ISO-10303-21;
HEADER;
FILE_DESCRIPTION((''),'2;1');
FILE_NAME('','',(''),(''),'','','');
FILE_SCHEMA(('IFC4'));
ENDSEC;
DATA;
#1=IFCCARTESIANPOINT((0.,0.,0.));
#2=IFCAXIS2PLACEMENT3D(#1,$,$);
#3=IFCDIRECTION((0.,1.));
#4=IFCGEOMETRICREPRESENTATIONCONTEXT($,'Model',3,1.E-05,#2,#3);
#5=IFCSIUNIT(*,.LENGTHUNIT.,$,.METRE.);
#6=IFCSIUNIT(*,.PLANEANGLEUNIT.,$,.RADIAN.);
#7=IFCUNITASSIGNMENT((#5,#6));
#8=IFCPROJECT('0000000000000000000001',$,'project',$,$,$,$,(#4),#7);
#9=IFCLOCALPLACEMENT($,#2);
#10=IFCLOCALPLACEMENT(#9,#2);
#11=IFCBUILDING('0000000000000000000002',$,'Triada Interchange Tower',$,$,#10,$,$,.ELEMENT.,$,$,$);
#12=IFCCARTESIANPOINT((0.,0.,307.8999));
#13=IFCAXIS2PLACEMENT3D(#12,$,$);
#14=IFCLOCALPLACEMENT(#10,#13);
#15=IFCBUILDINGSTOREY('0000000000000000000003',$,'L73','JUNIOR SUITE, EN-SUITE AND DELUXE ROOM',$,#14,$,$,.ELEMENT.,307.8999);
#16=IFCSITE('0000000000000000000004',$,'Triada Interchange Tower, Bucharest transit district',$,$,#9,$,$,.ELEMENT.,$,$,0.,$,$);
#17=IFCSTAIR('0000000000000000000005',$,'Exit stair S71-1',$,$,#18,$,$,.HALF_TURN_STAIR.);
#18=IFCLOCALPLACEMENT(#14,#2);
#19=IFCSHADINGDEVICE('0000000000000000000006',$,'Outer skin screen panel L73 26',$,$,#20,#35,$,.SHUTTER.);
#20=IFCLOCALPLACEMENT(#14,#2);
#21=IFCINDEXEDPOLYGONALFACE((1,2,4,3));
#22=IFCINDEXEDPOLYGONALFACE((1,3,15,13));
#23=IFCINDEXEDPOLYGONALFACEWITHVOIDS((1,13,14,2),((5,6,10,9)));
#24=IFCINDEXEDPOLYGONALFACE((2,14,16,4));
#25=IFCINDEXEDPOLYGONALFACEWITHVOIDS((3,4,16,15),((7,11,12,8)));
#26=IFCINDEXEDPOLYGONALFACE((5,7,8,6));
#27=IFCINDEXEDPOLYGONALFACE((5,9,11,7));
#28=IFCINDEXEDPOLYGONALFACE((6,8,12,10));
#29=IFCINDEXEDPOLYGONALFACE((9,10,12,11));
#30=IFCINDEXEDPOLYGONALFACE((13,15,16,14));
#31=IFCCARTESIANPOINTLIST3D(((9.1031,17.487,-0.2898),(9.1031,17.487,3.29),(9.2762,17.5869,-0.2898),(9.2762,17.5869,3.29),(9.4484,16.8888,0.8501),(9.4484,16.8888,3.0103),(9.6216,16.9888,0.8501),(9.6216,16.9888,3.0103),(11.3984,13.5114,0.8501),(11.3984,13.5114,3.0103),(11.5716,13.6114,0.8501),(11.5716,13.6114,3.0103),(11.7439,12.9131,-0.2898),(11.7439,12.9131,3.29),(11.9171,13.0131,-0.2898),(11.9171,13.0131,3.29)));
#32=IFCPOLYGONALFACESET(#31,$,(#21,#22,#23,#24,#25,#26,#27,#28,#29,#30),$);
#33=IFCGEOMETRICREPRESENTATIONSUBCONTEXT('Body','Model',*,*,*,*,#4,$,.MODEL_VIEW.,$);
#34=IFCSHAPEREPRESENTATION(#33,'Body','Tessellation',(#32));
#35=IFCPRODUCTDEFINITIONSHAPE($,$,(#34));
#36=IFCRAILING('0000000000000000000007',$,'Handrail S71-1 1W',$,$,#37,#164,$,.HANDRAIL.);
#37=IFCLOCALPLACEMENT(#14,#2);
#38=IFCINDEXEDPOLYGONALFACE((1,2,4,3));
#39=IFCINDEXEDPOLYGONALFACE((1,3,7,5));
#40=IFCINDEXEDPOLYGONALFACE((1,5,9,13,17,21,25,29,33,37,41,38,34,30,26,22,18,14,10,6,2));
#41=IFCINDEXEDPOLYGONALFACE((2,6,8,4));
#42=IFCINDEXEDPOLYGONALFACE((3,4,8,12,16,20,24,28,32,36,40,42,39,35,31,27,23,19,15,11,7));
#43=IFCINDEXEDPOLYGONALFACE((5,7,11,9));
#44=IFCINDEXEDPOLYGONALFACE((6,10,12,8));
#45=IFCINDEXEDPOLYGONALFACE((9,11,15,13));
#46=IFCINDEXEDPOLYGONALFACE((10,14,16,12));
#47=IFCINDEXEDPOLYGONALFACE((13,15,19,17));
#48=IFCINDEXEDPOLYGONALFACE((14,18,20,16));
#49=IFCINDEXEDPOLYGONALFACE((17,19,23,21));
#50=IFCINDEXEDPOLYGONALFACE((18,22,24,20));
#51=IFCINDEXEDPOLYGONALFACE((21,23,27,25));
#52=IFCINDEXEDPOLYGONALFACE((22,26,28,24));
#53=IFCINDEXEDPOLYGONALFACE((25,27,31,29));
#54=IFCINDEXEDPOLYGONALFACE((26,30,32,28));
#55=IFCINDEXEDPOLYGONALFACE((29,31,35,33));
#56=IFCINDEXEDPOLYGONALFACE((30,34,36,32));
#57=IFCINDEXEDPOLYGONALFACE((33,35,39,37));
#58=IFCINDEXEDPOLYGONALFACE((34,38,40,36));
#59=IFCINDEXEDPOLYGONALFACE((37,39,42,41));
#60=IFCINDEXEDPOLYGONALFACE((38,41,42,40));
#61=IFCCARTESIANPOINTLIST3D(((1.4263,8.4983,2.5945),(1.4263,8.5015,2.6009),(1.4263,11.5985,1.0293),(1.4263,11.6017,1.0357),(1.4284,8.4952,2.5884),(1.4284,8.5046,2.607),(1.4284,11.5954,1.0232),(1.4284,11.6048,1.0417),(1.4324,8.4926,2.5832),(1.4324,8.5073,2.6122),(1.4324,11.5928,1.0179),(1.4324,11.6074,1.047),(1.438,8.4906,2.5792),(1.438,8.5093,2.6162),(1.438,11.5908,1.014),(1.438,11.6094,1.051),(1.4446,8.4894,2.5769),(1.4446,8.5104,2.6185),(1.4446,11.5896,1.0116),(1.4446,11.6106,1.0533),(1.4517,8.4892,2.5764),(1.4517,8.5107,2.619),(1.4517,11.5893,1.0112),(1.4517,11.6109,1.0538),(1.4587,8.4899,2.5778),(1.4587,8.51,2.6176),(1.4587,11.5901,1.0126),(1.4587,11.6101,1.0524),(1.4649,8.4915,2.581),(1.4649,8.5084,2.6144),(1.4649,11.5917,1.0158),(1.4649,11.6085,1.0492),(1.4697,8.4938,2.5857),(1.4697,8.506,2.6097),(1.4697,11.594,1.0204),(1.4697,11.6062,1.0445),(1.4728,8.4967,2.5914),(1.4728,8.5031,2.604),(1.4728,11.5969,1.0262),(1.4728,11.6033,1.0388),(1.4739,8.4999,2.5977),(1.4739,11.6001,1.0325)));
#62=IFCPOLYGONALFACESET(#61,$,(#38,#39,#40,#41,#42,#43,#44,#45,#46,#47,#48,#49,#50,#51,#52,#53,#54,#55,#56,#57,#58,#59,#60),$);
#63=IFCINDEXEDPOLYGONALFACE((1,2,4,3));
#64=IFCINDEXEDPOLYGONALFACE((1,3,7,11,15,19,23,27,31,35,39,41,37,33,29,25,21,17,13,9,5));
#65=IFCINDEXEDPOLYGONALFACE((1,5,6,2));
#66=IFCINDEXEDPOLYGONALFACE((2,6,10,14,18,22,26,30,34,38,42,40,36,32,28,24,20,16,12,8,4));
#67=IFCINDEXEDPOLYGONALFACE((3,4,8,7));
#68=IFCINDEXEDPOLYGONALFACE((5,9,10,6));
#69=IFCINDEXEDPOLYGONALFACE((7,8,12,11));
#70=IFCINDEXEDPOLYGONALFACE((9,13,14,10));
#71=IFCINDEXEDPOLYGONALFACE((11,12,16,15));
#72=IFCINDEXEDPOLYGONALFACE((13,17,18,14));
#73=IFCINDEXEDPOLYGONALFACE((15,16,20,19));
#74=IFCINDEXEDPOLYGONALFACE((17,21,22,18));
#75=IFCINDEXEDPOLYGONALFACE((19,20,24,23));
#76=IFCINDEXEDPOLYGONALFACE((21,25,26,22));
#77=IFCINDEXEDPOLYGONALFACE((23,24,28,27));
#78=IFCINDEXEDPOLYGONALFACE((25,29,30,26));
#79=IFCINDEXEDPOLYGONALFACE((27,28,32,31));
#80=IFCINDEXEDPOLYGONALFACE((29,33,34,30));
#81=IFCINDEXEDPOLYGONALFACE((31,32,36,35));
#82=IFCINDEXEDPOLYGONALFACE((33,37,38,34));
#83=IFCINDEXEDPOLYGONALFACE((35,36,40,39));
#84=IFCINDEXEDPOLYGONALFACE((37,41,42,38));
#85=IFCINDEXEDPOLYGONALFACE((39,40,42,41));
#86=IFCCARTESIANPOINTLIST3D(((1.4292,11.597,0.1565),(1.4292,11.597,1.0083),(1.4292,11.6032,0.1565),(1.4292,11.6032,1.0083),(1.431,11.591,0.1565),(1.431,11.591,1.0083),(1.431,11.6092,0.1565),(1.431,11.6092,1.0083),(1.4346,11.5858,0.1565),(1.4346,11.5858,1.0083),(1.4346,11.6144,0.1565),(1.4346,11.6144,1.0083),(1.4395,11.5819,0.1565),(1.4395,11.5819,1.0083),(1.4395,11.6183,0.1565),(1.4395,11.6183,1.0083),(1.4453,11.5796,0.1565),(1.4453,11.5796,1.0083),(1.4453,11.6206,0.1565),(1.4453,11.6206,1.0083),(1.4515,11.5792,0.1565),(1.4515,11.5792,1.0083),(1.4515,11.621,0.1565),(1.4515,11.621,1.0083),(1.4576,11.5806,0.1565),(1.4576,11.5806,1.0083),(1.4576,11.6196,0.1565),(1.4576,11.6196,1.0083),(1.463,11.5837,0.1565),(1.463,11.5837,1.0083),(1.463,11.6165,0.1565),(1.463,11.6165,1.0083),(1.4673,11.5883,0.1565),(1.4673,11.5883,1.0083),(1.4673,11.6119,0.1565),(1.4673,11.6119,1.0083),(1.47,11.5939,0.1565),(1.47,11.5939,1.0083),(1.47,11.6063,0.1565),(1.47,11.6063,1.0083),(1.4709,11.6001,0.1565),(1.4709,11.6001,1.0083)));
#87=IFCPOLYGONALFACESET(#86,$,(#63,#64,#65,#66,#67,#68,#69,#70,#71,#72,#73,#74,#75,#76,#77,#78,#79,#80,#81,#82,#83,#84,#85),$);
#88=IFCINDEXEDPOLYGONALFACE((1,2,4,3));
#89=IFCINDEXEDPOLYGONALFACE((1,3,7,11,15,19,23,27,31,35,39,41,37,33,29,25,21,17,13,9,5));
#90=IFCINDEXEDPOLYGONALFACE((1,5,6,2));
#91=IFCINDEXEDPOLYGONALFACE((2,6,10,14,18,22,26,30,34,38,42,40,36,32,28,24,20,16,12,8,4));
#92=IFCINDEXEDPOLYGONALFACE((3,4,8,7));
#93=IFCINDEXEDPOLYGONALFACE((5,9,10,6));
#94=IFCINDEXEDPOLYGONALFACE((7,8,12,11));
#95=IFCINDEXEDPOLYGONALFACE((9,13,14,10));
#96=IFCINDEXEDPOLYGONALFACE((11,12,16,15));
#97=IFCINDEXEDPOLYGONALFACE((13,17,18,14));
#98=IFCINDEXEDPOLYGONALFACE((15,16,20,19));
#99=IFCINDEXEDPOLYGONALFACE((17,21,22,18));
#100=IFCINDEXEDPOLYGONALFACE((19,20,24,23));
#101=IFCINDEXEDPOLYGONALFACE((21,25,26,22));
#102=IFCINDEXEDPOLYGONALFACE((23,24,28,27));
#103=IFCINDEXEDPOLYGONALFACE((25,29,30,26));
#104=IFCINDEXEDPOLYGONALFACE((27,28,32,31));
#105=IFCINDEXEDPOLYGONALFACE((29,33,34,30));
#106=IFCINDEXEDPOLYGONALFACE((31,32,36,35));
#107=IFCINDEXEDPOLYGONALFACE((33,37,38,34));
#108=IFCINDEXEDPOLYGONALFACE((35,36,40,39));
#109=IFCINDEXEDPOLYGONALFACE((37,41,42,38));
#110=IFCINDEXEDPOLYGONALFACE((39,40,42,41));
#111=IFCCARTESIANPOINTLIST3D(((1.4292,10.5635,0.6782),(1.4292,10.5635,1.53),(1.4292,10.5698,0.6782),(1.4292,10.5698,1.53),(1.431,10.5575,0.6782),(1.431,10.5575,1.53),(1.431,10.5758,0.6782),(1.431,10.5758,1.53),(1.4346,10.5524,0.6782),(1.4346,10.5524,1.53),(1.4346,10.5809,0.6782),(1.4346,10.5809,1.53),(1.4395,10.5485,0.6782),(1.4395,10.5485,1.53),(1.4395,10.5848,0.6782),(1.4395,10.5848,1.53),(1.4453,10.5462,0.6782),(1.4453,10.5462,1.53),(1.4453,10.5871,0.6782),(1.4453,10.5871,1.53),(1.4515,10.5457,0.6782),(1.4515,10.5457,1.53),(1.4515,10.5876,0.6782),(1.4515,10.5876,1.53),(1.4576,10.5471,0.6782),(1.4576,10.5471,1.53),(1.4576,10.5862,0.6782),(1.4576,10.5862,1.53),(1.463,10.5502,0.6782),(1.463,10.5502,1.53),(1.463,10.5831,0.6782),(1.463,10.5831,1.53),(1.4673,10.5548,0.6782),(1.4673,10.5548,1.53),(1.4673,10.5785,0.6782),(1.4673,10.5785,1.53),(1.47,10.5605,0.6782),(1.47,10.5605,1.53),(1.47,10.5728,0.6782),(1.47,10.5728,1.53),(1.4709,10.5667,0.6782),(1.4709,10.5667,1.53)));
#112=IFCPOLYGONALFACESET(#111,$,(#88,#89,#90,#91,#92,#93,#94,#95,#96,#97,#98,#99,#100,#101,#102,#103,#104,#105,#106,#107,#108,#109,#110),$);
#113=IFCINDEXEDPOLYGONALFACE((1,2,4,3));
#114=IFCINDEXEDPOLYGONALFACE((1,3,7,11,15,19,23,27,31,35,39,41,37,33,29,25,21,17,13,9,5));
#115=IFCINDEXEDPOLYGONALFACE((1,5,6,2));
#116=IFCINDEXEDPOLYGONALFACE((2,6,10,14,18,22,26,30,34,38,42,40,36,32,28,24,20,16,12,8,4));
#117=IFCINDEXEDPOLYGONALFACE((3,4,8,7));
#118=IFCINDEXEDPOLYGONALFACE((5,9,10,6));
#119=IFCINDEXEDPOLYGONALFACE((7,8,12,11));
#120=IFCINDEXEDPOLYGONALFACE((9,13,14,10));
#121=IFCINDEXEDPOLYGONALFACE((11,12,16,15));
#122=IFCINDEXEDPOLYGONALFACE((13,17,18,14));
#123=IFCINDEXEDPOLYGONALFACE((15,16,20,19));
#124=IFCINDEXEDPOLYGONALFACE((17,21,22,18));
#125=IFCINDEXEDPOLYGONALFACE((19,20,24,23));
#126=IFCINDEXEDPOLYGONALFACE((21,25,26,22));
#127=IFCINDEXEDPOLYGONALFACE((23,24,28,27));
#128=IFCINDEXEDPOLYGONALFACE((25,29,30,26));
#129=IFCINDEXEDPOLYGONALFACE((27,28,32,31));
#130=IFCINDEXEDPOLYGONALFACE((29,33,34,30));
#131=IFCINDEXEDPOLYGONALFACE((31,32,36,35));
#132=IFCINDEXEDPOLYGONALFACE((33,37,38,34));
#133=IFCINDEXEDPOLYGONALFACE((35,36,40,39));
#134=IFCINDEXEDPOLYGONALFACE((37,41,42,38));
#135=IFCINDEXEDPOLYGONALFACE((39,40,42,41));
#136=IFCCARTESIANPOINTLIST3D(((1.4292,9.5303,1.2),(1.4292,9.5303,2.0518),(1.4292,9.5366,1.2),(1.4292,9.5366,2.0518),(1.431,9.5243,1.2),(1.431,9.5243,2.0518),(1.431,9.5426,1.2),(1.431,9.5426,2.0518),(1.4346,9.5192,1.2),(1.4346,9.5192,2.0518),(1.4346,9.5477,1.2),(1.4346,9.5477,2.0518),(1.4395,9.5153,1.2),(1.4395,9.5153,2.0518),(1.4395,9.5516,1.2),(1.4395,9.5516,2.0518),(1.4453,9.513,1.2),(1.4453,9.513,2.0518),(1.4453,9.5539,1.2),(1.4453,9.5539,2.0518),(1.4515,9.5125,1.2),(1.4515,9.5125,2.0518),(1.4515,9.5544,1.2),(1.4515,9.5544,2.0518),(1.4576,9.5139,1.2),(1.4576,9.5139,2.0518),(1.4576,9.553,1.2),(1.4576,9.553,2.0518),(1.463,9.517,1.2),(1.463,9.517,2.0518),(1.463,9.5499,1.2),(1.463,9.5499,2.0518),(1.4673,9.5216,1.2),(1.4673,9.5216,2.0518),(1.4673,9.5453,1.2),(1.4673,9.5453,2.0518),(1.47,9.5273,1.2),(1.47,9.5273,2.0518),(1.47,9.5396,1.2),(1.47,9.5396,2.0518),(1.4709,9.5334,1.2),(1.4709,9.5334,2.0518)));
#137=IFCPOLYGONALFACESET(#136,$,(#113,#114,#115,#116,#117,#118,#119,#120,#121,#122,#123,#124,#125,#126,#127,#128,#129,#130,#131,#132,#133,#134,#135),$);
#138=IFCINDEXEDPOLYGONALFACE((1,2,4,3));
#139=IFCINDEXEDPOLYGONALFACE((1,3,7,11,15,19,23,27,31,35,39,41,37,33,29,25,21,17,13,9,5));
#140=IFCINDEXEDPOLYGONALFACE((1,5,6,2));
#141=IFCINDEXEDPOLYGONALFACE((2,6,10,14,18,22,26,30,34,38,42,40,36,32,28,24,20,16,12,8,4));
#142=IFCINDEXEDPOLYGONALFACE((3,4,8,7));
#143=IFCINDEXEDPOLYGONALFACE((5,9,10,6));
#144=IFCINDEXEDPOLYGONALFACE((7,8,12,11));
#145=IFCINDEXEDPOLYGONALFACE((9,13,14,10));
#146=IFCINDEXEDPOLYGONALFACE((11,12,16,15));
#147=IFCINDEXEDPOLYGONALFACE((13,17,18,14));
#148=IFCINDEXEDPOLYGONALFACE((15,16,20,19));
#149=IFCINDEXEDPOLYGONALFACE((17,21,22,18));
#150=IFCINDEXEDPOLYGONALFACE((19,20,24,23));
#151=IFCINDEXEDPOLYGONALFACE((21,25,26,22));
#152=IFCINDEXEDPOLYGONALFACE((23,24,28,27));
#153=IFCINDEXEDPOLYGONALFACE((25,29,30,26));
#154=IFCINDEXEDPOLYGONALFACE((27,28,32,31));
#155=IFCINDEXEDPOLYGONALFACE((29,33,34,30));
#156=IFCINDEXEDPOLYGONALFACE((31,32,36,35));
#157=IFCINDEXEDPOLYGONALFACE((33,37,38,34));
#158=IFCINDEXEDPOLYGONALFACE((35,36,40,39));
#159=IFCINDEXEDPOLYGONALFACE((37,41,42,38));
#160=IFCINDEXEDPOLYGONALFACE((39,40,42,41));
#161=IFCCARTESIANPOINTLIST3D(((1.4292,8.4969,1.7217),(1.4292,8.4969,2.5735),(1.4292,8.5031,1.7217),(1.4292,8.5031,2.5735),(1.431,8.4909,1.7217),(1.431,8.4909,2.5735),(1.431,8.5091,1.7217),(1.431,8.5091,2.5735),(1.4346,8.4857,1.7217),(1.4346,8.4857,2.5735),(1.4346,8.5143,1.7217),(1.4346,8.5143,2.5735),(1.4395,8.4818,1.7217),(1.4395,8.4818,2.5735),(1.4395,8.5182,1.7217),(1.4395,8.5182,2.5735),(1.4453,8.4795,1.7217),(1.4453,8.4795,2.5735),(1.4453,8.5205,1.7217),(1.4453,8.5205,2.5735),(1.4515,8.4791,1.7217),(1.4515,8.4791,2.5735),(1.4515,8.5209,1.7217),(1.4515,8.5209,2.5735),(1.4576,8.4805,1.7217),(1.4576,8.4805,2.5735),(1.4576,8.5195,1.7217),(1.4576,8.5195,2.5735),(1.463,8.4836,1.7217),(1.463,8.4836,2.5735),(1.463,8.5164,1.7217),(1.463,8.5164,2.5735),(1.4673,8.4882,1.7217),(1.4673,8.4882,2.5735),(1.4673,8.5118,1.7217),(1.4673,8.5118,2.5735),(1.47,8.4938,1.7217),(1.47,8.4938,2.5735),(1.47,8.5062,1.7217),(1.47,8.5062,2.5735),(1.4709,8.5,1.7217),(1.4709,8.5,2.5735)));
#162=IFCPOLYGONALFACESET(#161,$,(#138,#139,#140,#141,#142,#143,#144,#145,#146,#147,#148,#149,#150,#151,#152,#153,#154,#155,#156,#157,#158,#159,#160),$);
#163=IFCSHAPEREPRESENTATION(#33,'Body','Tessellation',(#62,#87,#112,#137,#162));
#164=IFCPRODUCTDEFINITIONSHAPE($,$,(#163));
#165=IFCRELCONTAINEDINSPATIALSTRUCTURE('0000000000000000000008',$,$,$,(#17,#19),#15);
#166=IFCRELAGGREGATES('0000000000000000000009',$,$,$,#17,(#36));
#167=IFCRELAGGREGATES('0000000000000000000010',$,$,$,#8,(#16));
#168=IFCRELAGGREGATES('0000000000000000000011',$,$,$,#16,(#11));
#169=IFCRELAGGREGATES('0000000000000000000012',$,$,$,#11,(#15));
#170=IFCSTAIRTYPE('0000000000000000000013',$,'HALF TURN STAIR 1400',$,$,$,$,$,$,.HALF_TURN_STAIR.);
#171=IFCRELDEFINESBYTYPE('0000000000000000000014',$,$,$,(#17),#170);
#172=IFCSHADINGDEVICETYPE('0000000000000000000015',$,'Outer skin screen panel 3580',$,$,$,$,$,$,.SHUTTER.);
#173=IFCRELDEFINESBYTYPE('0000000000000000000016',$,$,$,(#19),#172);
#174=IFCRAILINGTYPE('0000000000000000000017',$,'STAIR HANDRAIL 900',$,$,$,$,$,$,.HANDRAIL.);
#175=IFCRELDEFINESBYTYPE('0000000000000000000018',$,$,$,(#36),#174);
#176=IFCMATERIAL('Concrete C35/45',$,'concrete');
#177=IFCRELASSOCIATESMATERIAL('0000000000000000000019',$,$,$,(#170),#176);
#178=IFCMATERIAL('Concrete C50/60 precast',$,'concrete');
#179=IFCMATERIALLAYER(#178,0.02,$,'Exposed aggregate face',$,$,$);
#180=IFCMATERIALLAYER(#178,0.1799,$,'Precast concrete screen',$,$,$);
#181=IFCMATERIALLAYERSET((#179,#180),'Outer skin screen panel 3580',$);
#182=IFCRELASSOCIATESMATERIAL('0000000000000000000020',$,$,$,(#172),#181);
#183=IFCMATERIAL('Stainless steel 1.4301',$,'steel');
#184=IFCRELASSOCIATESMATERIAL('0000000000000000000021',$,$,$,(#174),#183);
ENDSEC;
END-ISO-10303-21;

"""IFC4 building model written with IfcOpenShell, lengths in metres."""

from ifc_helpers import new_model, si_unit, direction, frame, origin, origin_2d, place, context, subcontext, project, spatial, polyline, circle, outline, extrude, material, layer, layer_set, type_object, element, aggregate, save


model = new_model("IFC4")

# Units and contexts
model_context = context("Model", 3, precision=1e-05, world=origin(), true_north=direction((0.0, 1.0)))
body_context = subcontext(model_context, "Body", "Model", "MODEL_VIEW")
ifc_project = project(units=[si_unit("LENGTHUNIT", "METRE"), si_unit("PLANEANGLEUNIT", "RADIAN")], contexts=[model_context])

# Site, building, storey
site_placement = place(None, origin())
site = spatial("IfcSite", under=ifc_project, at=site_placement, Name="Triada Interchange Tower, Bucharest transit district", CompositionType="ELEMENT", RefElevation=0.0)
building_placement = place(site_placement, origin())
building = spatial("IfcBuilding", under=site, at=building_placement, Name="Triada Interchange Tower", CompositionType="ELEMENT")
storey_placement = place(building_placement, frame((0.0, 0.0, 307.8999)))
storey = spatial("IfcBuildingStorey", under=building, at=storey_placement, Name="L73", Description="JUNIOR SUITE, EN-SUITE AND DELUXE ROOM", CompositionType="ELEMENT", Elevation=307.8999)

# Stair
ifc_material_1 = material(Name="Concrete C35/45", Category="concrete")
stair_type = type_object("IfcStairType", Name="HALF TURN STAIR 1400", PredefinedType="HALF_TURN_STAIR", material=ifc_material_1)
stair_placement = place(storey_placement, origin())
stair = element("IfcStair", 1, at=stair_placement, inside=storey, type_object=stair_type, Name="Exit stair S71-1", PredefinedType="HALF_TURN_STAIR")

# Shading device
ifc_material_2 = material(Name="Concrete C50/60 precast", Category="concrete")
ifc_layer_1 = layer(ifc_material_2, 0.02, Name="Exposed aggregate face")
ifc_layer_2 = layer(ifc_material_2, 0.1799, Name="Precast concrete screen")
ifc_layer_set_1 = layer_set([ifc_layer_1, ifc_layer_2], Name="Outer skin screen panel 3580")
shading_device_type = type_object("IfcShadingDeviceType", Name="Outer skin screen panel 3580", PredefinedType="SHUTTER", material=ifc_layer_set_1)
shading_device_1_placement = place(storey_placement, frame((11.7439, 12.9131, -0.2898), z_axis=(0.0, 0.0, 1.0), x_axis=(-0.500012, 0.866019, 0.0)))
element("IfcShadingDevice", 2, at=shading_device_1_placement, inside=storey, type_object=shading_device_type, Name="Outer skin screen panel L73 26", PredefinedType="SHUTTER", context=body_context, shape_type="SweptSolid", body=[
    extrude(outline(polyline([(0.0, 0.0), (5.2815, 0.0), (5.2815, 3.5798), (0.0, 3.5798), (0.0, 0.0)]), holes=[polyline([(0.6909, 1.1399), (0.6909, 3.3), (4.5908, 3.3), (4.5908, 1.1399), (0.6909, 1.1399)])]), frame((0.0, 0.0, 0.0), z_axis=(0.0, -1.0, 0.0), x_axis=(1.0, 0.0, 0.0)), (0.0, 0.0, 1.0), 0.2),
])

# Railing
ifc_material_3 = material(Name="Stainless steel 1.4301", Category="steel")
railing_type = type_object("IfcRailingType", Name="STAIR HANDRAIL 900", PredefinedType="HANDRAIL", material=ifc_material_3)
railing_1_placement = place(storey_placement, frame((1.45, 11.6001, 0.1565)))
railing_1 = element("IfcRailing", 3, at=railing_1_placement, type_object=railing_type, Name="Handrail S71-1 1W", PredefinedType="HANDRAIL", context=body_context, shape_type="SweptSolid", body=[
    extrude(circle(Radius=0.0239, at=origin_2d()), frame((0.0, 0.0, 0.876), z_axis=(0.0, -0.892677, 0.450697), x_axis=(1.0, 0.0, 0.0)), (0.0, 0.0, 1.0), 3.4729),
    extrude(circle(Radius=0.021, at=origin_2d()), origin(), (0.0, 0.0, 1.0), 0.8518),
    extrude(circle(Radius=0.021, at=origin_2d()), frame((0.0, -1.0334, 0.5217)), (0.0, 0.0, 1.0), 0.8518),
    extrude(circle(Radius=0.021, at=origin_2d()), frame((0.0, -2.0667, 1.0435)), (0.0, 0.0, 1.0), 0.8518),
    extrude(circle(Radius=0.021, at=origin_2d()), frame((0.0, -3.1001, 1.5652)), (0.0, 0.0, 1.0), 0.8518),
])
aggregate(stair, [railing_1])

save(model, "model.ifc")
